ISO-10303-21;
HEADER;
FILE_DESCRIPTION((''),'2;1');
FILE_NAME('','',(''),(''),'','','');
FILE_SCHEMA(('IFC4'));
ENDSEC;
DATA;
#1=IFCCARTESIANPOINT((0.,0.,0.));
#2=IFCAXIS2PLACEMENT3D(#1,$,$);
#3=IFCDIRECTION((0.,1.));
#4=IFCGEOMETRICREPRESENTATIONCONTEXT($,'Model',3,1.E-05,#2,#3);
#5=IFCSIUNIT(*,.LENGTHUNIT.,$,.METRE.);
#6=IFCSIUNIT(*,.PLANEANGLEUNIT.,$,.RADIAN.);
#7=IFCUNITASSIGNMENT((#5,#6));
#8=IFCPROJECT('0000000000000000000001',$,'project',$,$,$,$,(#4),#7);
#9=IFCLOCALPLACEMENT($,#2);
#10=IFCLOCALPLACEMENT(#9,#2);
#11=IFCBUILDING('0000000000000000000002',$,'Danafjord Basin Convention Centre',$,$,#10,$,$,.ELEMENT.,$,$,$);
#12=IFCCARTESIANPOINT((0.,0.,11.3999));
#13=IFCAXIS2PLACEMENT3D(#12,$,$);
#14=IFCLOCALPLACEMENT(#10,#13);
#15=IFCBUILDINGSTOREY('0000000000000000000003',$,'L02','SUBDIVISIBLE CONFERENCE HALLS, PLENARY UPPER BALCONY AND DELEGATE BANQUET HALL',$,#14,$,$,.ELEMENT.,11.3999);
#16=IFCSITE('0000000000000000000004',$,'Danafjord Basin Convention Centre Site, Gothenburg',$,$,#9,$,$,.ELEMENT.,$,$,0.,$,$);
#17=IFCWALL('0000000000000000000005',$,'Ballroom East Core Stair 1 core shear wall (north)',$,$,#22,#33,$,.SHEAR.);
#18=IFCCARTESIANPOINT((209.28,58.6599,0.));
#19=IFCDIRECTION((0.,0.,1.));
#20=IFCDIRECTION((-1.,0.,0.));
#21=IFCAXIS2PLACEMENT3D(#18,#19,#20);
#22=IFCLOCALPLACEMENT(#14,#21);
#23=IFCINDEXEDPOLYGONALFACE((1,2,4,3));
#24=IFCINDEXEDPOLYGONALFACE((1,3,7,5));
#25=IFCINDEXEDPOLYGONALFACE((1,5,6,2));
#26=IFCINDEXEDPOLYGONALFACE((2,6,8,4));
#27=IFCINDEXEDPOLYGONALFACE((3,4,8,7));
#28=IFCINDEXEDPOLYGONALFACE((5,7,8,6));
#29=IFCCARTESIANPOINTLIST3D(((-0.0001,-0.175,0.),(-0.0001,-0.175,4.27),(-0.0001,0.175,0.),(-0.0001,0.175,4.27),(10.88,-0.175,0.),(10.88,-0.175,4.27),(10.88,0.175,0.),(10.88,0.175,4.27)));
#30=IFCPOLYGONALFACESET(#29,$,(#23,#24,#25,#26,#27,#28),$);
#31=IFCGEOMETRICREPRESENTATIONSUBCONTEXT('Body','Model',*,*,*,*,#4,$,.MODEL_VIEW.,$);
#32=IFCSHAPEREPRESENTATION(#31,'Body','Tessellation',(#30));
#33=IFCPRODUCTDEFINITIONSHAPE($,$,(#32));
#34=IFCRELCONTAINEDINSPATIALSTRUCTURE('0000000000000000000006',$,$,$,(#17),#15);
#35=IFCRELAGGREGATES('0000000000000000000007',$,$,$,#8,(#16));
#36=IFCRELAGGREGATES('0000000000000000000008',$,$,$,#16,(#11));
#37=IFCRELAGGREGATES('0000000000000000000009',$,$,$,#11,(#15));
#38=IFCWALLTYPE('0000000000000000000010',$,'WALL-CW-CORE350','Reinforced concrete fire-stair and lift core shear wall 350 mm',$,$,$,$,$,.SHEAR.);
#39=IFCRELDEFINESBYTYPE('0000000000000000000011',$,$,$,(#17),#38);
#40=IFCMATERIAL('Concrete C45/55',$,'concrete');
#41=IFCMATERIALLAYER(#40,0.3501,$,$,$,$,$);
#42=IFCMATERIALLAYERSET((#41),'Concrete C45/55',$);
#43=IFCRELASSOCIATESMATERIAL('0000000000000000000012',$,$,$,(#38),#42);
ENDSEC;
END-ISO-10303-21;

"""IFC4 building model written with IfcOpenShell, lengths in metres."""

from ifc_helpers import new_model, si_unit, direction, frame, frame_2d, origin, place, context, subcontext, project, spatial, rectangle, extrude, material, layer, layer_set, type_object, element, save


model = new_model("IFC4")

# Units and contexts
model_context = context("Model", 3, precision=1e-05, world=origin(), true_north=direction((0.0, 1.0)))
body_context = subcontext(model_context, "Body", "Model", "MODEL_VIEW")
ifc_project = project(units=[si_unit("LENGTHUNIT", "METRE"), si_unit("PLANEANGLEUNIT", "RADIAN")], contexts=[model_context])

# Site, building, storey
site_placement = place(None, origin())
site = spatial("IfcSite", under=ifc_project, at=site_placement, Name="Danafjord Basin Convention Centre Site, Gothenburg", CompositionType="ELEMENT", RefElevation=0.0)
building_placement = place(site_placement, origin())
building = spatial("IfcBuilding", under=site, at=building_placement, Name="Danafjord Basin Convention Centre", CompositionType="ELEMENT")
storey_placement = place(building_placement, frame((0.0, 0.0, 11.3999)))
storey = spatial("IfcBuildingStorey", under=building, at=storey_placement, Name="L02", Description="SUBDIVISIBLE CONFERENCE HALLS, PLENARY UPPER BALCONY AND DELEGATE BANQUET HALL", CompositionType="ELEMENT", Elevation=11.3999)

# Wall
ifc_material_1 = material(Name="Concrete C45/55", Category="concrete")
ifc_layer_1 = layer(ifc_material_1, 0.3501)
ifc_layer_set_1 = layer_set([ifc_layer_1], Name="Concrete C45/55")
wall_type_1 = type_object("IfcWallType", Name="WALL-CW-CORE350", Description="Reinforced concrete fire-stair and lift core shear wall 350 mm", PredefinedType="SHEAR", material=ifc_layer_set_1)
wall_1_placement = place(storey_placement, frame((209.28, 58.6599, 0.0), z_axis=(0.0, 0.0, 1.0), x_axis=(-1.0, 0.0, 0.0)))
element("IfcWall", 1, at=wall_1_placement, inside=storey, type_object=wall_type_1, Name="Ballroom East Core Stair 1 core shear wall (north)", PredefinedType="SHEAR", context=body_context, shape_type="SweptSolid", body=[
    extrude(rectangle(XDim=10.8801, YDim=0.3501, at=frame_2d((5.4399, 0.0))), origin(), (0.0, 0.0, 1.0), 4.27),
])

save(model, "model.ifc")
